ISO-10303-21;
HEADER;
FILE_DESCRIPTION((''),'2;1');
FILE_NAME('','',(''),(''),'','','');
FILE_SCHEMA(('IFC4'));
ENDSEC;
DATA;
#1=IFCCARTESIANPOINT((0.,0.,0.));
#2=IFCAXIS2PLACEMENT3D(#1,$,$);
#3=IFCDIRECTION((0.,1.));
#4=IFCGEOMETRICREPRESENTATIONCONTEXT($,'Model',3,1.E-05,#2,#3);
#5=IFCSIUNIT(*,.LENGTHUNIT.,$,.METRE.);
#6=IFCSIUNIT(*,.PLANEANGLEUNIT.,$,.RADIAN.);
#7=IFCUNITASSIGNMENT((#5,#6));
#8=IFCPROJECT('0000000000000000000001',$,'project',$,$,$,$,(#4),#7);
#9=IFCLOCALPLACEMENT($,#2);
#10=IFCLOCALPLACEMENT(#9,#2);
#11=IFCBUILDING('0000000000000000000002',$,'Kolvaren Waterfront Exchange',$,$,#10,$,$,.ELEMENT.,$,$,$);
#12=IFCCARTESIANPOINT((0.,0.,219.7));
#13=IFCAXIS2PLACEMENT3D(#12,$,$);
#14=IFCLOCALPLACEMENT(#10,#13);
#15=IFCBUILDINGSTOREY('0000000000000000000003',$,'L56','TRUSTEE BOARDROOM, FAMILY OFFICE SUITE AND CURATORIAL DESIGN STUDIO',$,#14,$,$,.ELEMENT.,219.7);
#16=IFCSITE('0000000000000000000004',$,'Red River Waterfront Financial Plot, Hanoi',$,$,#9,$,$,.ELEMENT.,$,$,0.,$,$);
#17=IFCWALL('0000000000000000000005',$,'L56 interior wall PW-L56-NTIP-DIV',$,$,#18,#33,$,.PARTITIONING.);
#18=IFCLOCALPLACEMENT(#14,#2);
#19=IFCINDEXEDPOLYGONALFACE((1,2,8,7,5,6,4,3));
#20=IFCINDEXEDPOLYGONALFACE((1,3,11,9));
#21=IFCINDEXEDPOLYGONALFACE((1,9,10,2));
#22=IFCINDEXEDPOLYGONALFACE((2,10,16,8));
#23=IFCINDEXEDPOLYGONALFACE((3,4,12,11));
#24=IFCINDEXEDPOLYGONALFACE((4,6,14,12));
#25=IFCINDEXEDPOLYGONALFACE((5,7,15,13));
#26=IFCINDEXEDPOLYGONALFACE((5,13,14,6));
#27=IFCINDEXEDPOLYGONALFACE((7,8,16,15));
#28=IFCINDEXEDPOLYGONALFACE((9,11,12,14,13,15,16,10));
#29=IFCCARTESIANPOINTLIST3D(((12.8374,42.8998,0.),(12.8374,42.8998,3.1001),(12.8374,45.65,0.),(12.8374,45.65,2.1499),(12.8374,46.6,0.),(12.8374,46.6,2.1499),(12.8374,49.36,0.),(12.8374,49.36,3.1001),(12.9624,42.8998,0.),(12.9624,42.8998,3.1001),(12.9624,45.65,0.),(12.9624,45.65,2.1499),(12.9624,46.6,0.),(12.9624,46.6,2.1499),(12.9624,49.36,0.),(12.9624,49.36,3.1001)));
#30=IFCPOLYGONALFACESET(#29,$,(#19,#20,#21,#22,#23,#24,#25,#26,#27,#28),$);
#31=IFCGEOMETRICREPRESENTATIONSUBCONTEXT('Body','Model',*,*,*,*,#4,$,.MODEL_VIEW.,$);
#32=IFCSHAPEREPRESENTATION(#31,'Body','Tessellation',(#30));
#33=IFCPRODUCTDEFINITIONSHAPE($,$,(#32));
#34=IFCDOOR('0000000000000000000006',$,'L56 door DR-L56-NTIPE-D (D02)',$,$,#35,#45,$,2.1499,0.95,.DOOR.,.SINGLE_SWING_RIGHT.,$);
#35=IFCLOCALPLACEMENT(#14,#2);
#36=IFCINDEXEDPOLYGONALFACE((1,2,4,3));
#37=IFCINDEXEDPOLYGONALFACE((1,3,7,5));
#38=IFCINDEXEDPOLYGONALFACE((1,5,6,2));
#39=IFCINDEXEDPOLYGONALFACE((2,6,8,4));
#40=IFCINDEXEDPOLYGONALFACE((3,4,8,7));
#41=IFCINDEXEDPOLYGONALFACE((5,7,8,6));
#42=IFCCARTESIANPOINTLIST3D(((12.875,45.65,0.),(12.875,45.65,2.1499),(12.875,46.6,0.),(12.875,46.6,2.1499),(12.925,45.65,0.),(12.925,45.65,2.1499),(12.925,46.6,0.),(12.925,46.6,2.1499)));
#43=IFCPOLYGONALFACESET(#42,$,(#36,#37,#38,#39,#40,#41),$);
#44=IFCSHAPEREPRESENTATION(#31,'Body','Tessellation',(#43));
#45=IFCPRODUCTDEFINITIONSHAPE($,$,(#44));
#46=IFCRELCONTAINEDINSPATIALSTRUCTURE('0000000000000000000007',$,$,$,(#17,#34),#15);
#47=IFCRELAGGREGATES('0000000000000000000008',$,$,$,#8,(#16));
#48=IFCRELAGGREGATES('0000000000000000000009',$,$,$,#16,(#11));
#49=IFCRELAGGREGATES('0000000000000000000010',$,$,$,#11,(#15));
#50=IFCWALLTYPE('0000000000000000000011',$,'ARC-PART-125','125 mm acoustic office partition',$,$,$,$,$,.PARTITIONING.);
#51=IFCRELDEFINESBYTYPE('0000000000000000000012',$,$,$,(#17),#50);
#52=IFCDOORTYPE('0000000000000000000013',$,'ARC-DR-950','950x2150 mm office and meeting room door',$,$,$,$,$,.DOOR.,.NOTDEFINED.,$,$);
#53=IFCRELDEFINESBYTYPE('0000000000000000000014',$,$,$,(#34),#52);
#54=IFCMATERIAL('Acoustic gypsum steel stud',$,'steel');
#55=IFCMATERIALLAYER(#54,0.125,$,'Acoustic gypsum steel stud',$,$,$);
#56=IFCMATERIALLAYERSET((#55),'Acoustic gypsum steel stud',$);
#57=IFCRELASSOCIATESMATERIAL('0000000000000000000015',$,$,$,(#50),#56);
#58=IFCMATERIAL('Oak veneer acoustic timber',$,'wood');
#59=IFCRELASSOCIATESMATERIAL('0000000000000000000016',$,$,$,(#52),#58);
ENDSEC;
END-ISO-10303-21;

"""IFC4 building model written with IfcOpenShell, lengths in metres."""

from ifc_helpers import new_model, si_unit, direction, frame, frame_2d, origin, place, context, subcontext, project, spatial, rectangle, extrude, material, layer, layer_set, type_object, element, fill, save


model = new_model("IFC4")

# Units and contexts
model_context = context("Model", 3, precision=1e-05, world=origin(), true_north=direction((0.0, 1.0)))
body_context = subcontext(model_context, "Body", "Model", "MODEL_VIEW")
ifc_project = project(units=[si_unit("LENGTHUNIT", "METRE"), si_unit("PLANEANGLEUNIT", "RADIAN")], contexts=[model_context])

# Site, building, storey
site_placement = place(None, origin())
site = spatial("IfcSite", under=ifc_project, at=site_placement, Name="Red River Waterfront Financial Plot, Hanoi", CompositionType="ELEMENT", RefElevation=0.0)
building_placement = place(site_placement, origin())
building = spatial("IfcBuilding", under=site, at=building_placement, Name="Kolvaren Waterfront Exchange", CompositionType="ELEMENT")
storey_placement = place(building_placement, frame((0.0, 0.0, 219.7)))
storey = spatial("IfcBuildingStorey", under=building, at=storey_placement, Name="L56", Description="TRUSTEE BOARDROOM, FAMILY OFFICE SUITE AND CURATORIAL DESIGN STUDIO", CompositionType="ELEMENT", Elevation=219.7)

# Wall, opening, door
ifc_material_1 = material(Name="Acoustic gypsum steel stud", Category="steel")
ifc_layer_1 = layer(ifc_material_1, 0.125, Name="Acoustic gypsum steel stud")
ifc_layer_set_1 = layer_set([ifc_layer_1], Name="Acoustic gypsum steel stud")
wall_type_1 = type_object("IfcWallType", Name="ARC-PART-125", Description="125 mm acoustic office partition", PredefinedType="PARTITIONING", material=ifc_layer_set_1)
wall_1_placement = place(storey_placement, frame((12.8999, 42.8999, 0.0), z_axis=(0.0, 0.0, 1.0), x_axis=(0.0, 1.0, 0.0)))
wall_1 = element("IfcWall", 1, at=wall_1_placement, inside=storey, type_object=wall_type_1, Name="L56 interior wall PW-L56-NTIP-DIV", PredefinedType="PARTITIONING", context=body_context, shape_type="SweptSolid", body=[
    extrude(rectangle(XDim=6.4602, YDim=0.125, at=frame_2d((3.23, 0.0))), origin(), (0.0, 0.0, 1.0), 3.1001),
])
opening_1_placement = place(wall_1_placement, frame((2.75, 0.0, 0.0)))
opening_1 = element("IfcOpeningElement", 2, at=opening_1_placement, cuts=wall_1, PredefinedType="OPENING", context=body_context, shape_type="SweptSolid", body=[
    extrude(rectangle(XDim=0.95, YDim=2.1499, at=frame_2d((0.4751, 1.075))), frame((0.0, 0.0725, 0.0), z_axis=(0.0, -1.0, 0.0), x_axis=(1.0, 0.0, 0.0)), (0.0, 0.0, 1.0), 0.145),
])
ifc_material_2 = material(Name="Oak veneer acoustic timber", Category="wood")
door_type_1 = type_object("IfcDoorType", Name="ARC-DR-950", Description="950x2150 mm office and meeting room door", OperationType="NOTDEFINED", PredefinedType="DOOR", material=ifc_material_2)
door_1_placement = place(opening_1_placement, origin())
door_1 = element("IfcDoor", 3, at=door_1_placement, inside=storey, type_object=door_type_1, Name="L56 door DR-L56-NTIPE-D (D02)", OperationType="SINGLE_SWING_RIGHT", OverallHeight=2.1499, OverallWidth=0.95, PredefinedType="DOOR", context=body_context, shape_type="SweptSolid", body=[
    extrude(rectangle(XDim=0.95, YDim=2.1499, at=frame_2d((0.4751, 1.075))), frame((0.0, 0.0249, 0.0), z_axis=(0.0, -1.0, 0.0), x_axis=(1.0, 0.0, 0.0)), (0.0, 0.0, 1.0), 0.05),
])
fill(opening_1, door_1)

save(model, "model.ifc")
